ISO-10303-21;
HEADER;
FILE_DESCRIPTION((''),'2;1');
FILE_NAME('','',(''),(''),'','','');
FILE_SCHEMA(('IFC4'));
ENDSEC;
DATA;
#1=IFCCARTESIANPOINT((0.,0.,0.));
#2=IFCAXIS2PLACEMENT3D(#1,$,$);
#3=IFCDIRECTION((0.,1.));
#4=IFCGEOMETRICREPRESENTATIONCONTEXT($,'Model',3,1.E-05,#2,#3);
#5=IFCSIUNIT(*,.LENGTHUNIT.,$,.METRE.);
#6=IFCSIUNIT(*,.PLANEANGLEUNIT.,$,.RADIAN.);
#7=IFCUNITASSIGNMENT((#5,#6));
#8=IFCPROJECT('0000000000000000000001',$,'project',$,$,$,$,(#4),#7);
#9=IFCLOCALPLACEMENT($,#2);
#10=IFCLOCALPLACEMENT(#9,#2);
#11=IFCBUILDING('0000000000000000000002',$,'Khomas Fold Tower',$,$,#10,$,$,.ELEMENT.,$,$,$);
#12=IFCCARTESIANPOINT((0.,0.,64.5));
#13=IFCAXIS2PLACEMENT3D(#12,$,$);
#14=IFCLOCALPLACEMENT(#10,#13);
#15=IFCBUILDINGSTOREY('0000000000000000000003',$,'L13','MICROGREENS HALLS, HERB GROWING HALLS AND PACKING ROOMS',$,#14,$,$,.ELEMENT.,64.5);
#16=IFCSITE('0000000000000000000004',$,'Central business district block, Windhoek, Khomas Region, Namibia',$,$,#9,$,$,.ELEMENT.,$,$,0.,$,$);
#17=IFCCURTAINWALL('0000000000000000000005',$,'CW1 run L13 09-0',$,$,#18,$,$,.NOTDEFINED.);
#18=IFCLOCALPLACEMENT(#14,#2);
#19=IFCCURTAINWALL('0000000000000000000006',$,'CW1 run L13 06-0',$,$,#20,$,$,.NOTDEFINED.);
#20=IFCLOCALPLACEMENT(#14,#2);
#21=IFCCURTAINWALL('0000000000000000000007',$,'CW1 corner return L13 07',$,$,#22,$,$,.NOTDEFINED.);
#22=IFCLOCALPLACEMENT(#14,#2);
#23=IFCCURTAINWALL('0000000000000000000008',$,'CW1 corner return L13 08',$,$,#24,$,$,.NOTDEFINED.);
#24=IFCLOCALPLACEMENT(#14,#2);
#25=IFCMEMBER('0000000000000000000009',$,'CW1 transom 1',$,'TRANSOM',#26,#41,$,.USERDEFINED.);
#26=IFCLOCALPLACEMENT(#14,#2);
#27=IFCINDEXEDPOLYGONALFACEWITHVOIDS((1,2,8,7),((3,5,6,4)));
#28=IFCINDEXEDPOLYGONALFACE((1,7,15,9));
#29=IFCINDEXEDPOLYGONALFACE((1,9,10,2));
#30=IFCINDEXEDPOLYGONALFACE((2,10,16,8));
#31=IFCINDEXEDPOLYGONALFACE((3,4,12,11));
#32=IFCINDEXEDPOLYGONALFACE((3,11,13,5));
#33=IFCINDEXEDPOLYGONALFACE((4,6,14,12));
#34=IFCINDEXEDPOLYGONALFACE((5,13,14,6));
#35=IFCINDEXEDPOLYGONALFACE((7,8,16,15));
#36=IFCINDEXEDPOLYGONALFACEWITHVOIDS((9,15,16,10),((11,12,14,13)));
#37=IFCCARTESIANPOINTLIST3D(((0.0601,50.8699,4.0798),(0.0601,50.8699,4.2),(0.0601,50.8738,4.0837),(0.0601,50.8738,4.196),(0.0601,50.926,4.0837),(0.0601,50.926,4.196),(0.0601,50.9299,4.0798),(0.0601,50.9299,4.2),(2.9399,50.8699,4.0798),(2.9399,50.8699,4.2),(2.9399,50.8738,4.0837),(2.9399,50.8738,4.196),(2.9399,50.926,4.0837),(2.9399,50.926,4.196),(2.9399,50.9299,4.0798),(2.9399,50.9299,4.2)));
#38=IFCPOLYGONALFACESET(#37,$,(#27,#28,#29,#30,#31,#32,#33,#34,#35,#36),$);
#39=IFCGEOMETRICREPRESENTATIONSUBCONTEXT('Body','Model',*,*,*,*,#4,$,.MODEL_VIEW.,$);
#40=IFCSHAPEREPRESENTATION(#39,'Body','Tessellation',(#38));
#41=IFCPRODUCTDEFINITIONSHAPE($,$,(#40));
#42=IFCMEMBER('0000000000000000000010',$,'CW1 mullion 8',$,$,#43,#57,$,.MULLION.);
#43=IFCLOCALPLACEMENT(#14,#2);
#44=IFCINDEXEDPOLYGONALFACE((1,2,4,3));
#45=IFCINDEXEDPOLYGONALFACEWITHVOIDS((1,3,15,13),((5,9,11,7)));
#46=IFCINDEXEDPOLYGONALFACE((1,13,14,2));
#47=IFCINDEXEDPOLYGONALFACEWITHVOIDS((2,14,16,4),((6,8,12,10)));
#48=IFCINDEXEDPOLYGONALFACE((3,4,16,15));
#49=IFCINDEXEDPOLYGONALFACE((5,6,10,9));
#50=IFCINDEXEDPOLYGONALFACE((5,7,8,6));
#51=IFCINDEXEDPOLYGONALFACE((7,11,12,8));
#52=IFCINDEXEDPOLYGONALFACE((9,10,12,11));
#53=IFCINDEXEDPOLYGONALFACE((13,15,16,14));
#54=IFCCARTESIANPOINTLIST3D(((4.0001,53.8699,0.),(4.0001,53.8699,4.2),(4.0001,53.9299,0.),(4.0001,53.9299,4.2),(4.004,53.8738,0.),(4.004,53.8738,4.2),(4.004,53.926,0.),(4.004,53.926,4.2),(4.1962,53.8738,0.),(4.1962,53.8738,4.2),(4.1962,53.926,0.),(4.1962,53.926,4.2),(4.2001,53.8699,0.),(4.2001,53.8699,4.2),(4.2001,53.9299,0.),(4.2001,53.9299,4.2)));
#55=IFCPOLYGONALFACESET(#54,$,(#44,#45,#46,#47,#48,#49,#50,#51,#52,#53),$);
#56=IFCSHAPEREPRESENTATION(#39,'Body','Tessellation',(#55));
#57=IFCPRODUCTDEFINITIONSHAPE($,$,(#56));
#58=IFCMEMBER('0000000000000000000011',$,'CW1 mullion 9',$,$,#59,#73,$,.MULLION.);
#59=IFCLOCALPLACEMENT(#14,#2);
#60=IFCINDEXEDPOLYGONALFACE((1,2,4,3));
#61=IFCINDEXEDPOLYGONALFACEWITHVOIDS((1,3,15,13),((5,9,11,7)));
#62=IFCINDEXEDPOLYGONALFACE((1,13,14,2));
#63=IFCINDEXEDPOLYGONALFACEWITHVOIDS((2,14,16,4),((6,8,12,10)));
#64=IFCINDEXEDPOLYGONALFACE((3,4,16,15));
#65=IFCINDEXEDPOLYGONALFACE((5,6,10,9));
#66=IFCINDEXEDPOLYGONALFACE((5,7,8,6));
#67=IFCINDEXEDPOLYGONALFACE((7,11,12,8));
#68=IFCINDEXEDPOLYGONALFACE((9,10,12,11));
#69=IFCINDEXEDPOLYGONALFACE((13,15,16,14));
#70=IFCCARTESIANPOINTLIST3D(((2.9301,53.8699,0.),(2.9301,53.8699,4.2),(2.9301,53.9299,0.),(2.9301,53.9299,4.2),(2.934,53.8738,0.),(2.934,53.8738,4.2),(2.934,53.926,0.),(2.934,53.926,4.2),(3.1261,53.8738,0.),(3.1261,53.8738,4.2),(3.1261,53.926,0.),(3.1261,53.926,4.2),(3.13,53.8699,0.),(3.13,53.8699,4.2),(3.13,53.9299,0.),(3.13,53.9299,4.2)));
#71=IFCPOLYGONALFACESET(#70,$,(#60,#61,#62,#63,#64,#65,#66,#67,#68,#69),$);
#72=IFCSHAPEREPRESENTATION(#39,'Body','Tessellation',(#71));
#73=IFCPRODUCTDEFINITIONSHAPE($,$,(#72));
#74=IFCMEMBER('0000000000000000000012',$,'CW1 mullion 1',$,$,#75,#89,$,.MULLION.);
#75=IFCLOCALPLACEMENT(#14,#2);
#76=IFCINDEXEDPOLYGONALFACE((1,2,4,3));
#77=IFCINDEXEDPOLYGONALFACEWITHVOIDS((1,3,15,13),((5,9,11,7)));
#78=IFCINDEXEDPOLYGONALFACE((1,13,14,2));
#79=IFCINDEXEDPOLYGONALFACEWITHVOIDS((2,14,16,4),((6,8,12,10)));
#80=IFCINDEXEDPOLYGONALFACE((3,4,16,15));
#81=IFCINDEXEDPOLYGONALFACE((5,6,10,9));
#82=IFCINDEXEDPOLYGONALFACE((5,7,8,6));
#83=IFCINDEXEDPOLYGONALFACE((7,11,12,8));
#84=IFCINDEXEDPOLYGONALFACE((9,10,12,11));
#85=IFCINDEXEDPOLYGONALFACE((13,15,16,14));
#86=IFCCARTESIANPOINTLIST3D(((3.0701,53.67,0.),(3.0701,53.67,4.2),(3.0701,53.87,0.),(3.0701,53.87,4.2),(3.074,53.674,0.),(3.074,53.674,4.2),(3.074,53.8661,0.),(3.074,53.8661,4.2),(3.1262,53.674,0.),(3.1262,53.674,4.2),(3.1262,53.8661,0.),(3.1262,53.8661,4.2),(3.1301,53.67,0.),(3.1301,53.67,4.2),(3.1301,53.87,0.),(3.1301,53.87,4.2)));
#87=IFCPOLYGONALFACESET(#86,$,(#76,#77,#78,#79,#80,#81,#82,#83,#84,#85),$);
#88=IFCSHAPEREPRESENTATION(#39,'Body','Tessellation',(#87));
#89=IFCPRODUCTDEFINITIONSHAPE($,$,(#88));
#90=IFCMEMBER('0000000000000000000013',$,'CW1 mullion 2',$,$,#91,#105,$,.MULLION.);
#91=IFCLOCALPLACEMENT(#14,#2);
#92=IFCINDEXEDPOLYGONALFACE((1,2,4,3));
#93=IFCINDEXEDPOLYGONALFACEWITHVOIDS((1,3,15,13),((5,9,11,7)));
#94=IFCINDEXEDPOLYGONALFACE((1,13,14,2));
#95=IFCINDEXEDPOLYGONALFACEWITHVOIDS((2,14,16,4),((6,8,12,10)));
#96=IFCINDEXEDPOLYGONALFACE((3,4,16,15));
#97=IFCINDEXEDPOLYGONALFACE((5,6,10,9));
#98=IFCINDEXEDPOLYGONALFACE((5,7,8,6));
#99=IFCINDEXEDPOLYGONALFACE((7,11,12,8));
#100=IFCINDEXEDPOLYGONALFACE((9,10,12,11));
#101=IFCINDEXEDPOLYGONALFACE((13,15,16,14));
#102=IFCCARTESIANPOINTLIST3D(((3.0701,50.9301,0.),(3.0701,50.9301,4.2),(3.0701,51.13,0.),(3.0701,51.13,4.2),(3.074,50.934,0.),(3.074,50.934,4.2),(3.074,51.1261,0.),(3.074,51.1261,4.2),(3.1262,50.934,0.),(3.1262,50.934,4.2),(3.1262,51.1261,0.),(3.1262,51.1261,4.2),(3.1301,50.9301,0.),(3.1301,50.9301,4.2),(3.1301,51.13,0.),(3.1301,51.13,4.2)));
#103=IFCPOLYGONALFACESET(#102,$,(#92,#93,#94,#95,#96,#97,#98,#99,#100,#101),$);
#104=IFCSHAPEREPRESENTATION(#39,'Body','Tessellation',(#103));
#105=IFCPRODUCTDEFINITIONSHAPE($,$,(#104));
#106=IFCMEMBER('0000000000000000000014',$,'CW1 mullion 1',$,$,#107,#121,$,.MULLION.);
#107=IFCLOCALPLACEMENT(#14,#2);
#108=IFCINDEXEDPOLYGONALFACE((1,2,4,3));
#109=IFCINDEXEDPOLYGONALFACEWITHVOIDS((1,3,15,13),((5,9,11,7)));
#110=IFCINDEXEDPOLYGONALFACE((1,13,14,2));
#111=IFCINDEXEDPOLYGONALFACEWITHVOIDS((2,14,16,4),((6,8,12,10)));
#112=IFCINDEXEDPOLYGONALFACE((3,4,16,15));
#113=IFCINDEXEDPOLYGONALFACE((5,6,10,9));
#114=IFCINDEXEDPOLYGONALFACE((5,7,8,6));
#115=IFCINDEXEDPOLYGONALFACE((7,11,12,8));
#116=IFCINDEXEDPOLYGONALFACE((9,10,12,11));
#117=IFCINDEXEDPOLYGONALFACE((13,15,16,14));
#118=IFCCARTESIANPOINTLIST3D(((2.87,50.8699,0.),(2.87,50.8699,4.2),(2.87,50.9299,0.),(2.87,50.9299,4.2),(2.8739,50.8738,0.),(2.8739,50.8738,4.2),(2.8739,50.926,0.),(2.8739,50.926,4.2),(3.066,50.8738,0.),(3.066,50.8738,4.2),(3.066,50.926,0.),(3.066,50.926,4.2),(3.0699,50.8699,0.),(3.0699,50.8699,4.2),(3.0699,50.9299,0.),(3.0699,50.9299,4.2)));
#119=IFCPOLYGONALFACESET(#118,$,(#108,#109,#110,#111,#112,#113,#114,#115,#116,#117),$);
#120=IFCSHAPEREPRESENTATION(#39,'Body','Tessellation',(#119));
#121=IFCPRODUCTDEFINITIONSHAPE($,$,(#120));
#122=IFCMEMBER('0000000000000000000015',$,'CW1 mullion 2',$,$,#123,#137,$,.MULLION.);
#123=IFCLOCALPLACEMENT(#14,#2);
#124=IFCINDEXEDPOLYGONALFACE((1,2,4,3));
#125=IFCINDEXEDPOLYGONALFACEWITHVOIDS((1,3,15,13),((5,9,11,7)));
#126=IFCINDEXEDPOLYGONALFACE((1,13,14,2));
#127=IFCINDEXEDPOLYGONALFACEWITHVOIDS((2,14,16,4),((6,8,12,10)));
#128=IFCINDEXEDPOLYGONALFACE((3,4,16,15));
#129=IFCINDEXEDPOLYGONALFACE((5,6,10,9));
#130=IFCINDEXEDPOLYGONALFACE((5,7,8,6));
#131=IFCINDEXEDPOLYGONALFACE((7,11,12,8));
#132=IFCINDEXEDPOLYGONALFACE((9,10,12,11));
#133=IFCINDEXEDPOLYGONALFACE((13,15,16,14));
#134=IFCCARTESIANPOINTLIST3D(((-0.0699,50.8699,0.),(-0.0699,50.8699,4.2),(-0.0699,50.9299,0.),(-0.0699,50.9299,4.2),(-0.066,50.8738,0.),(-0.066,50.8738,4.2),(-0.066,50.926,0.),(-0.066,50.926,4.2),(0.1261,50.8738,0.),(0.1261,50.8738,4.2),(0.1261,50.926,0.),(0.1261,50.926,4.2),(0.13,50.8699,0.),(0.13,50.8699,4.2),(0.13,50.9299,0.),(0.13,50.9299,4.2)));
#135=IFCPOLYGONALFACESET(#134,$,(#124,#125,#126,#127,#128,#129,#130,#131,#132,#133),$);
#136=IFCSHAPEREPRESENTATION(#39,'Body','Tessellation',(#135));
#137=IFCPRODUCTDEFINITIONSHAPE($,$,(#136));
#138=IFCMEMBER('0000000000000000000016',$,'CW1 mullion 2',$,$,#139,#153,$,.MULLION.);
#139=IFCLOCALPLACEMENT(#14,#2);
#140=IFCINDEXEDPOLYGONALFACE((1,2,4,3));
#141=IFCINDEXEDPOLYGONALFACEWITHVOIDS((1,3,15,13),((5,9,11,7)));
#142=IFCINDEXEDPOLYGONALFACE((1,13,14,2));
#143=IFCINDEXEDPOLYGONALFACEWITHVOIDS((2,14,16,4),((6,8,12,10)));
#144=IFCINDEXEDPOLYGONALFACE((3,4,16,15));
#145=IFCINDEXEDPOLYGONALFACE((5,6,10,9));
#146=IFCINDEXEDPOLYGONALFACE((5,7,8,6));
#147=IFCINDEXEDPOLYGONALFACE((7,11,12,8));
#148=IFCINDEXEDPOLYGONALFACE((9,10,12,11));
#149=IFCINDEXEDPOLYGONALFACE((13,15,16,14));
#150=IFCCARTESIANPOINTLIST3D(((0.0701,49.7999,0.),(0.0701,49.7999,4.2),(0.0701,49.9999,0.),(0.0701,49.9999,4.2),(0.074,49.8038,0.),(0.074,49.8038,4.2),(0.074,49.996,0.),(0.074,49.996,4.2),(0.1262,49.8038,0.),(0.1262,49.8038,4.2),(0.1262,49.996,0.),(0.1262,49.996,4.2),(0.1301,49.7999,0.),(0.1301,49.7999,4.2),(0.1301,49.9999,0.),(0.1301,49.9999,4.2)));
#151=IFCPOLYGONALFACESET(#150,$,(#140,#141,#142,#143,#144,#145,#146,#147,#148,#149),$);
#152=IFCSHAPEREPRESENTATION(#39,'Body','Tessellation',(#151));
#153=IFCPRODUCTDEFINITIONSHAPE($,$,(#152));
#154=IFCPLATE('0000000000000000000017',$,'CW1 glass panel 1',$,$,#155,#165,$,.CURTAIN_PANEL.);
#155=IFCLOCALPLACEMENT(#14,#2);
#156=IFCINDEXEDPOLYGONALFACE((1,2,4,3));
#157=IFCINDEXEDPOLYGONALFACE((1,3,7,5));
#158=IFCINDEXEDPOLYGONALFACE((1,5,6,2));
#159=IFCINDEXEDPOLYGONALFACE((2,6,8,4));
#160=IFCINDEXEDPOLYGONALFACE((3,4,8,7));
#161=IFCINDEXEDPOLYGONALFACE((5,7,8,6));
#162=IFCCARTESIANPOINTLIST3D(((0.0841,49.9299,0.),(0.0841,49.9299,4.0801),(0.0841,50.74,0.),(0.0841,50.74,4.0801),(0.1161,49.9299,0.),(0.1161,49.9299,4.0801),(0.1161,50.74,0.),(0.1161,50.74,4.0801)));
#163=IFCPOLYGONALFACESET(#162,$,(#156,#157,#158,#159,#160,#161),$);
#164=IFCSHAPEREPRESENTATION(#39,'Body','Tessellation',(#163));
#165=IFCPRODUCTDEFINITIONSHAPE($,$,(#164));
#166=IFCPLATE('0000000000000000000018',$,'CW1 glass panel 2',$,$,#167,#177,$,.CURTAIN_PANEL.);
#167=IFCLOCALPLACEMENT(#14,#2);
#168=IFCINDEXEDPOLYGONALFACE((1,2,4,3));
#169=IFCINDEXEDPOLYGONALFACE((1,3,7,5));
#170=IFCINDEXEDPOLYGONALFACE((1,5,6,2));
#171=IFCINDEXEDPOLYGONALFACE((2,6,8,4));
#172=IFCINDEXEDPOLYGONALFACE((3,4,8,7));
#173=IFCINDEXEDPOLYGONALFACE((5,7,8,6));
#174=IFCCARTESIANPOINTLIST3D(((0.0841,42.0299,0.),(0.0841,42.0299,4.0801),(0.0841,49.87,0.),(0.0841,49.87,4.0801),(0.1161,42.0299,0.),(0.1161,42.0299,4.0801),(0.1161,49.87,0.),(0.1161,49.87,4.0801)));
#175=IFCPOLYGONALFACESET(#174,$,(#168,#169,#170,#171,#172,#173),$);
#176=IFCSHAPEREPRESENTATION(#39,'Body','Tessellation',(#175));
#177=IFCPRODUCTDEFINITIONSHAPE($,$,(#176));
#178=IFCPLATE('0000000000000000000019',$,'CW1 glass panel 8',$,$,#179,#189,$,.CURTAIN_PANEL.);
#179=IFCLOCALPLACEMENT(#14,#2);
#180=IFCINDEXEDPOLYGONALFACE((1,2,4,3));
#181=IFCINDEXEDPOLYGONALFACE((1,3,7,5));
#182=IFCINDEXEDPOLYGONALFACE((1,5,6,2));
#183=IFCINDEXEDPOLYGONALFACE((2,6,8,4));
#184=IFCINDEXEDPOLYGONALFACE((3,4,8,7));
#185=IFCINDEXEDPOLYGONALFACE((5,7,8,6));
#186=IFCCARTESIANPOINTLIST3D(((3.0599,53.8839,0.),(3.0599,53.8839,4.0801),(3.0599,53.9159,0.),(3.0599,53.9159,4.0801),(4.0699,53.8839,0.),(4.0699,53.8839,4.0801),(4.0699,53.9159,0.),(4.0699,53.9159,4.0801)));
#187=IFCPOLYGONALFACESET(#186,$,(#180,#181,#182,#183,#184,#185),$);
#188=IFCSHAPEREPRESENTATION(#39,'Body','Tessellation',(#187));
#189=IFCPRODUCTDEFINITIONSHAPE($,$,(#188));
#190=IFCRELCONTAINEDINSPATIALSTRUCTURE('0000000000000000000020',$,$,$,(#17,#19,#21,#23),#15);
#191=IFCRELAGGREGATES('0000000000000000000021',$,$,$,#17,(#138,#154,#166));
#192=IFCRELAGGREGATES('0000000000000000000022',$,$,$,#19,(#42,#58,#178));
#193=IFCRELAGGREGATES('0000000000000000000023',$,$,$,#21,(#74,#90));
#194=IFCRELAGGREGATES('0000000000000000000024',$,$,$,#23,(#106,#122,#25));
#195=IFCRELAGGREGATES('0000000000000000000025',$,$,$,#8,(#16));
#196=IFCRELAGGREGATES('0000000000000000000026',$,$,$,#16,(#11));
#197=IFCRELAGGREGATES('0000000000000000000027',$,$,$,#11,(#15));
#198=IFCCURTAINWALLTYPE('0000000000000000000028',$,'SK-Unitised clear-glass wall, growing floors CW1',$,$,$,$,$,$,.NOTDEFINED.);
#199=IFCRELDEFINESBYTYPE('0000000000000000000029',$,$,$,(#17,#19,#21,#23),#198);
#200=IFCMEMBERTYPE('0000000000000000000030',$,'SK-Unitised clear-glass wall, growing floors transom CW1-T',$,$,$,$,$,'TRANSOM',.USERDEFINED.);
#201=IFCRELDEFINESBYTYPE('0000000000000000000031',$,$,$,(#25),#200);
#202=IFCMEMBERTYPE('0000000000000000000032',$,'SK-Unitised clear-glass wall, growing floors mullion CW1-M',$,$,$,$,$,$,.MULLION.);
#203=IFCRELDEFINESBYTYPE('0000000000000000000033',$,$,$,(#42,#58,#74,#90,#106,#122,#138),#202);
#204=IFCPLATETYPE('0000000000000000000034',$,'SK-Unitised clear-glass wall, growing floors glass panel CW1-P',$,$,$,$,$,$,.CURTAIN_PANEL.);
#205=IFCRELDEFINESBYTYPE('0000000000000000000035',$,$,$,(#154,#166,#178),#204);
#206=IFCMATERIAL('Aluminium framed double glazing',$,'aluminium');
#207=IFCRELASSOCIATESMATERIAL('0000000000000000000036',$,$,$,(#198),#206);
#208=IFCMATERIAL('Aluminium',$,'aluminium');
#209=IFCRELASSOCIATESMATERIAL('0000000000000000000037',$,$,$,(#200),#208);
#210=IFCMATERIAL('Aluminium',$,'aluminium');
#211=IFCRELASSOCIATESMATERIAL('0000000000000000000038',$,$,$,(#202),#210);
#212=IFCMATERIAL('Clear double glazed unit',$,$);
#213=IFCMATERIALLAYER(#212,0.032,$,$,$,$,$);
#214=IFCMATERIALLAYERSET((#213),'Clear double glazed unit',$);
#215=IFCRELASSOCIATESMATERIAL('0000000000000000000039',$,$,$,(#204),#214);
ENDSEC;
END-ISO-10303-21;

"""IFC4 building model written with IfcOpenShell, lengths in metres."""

from ifc_helpers import new_model, si_unit, direction, frame, origin, origin_2d, place, context, subcontext, project, spatial, rectangle, hollow_rectangle, extrude, source, transform, mapped, material, layer, layer_set, material_profile, profile_set, type_object, element, aggregate, save


model = new_model("IFC4")

# Units and contexts
model_context = context("Model", 3, precision=1e-05, world=origin(), true_north=direction((0.0, 1.0)))
body_context = subcontext(model_context, "Body", "Model", "MODEL_VIEW")
ifc_project = project(units=[si_unit("LENGTHUNIT", "METRE"), si_unit("PLANEANGLEUNIT", "RADIAN")], contexts=[model_context])

# Site, building, storey
site_placement = place(None, origin())
site = spatial("IfcSite", under=ifc_project, at=site_placement, Name="Central business district block, Windhoek, Khomas Region, Namibia", CompositionType="ELEMENT", RefElevation=0.0)
building_placement = place(site_placement, origin())
building = spatial("IfcBuilding", under=site, at=building_placement, Name="Khomas Fold Tower", CompositionType="ELEMENT")
storey_placement = place(building_placement, frame((0.0, 0.0, 64.5)))
storey = spatial("IfcBuildingStorey", under=building, at=storey_placement, Name="L13", Description="MICROGREENS HALLS, HERB GROWING HALLS AND PACKING ROOMS", CompositionType="ELEMENT", Elevation=64.5)

# Curtain wall
ifc_material_1 = material(Name="Aluminium framed double glazing", Category="aluminium")
curtain_wall_type = type_object("IfcCurtainWallType", Name="SK-Unitised clear-glass wall, growing floors CW1", PredefinedType="NOTDEFINED", material=ifc_material_1)
curtain_wall_1_placement = place(storey_placement, origin())
curtain_wall_1 = element("IfcCurtainWall", 1, at=curtain_wall_1_placement, inside=storey, type_object=curtain_wall_type, Name="CW1 run L13 09-0", PredefinedType="NOTDEFINED")
ifc_material_2 = material(Name="Aluminium", Category="aluminium")
ifc_material_profile_1 = material_profile(ifc_material_2, hollow_rectangle(XDim=0.0601, YDim=0.1201, WallThickness=0.0039, at=origin_2d()), Name="SK-Unitised clear-glass wall, growing floors transom CW1-T")
ifc_profile_set_1 = profile_set([ifc_material_profile_1], Name="Aluminium")
member_type_1 = type_object("IfcMemberType", Name="SK-Unitised clear-glass wall, growing floors transom CW1-T", ElementType="TRANSOM", PredefinedType="USERDEFINED", material=ifc_profile_set_1)

# Curtain walls, member
curtain_wall_2_placement = place(storey_placement, origin())
curtain_wall_2 = element("IfcCurtainWall", 2, at=curtain_wall_2_placement, inside=storey, type_object=curtain_wall_type, Name="CW1 run L13 06-0", PredefinedType="NOTDEFINED")
curtain_wall_3_placement = place(storey_placement, origin())
curtain_wall_3 = element("IfcCurtainWall", 3, at=curtain_wall_3_placement, inside=storey, type_object=curtain_wall_type, Name="CW1 corner return L13 07", PredefinedType="NOTDEFINED")
curtain_wall_4_placement = place(storey_placement, origin())
curtain_wall_4 = element("IfcCurtainWall", 4, at=curtain_wall_4_placement, inside=storey, type_object=curtain_wall_type, Name="CW1 corner return L13 08", PredefinedType="NOTDEFINED")
shared_shape_1 = source(origin(), body_context, "Body", "SweptSolid", [
    extrude(hollow_rectangle(XDim=0.0601, YDim=0.1201, WallThickness=0.0039, at=origin_2d()), origin(), (0.0, 0.0, 1.0), 2.8799),
])
member_1_placement = place(storey_placement, frame((2.9399, 50.8999, 4.1399), z_axis=(-1.0, 0.0, 0.0), x_axis=(0.0, -1.0, 0.0)))
member_1 = element("IfcMember", 5, at=member_1_placement, type_object=member_type_1, Name="CW1 transom 1", ObjectType="TRANSOM", PredefinedType="USERDEFINED", context=body_context, shape_type="MappedRepresentation", body=[
    mapped(shared_shape_1, transform((0.0, 0.0, 0.0))),
])

# Members
ifc_material_3 = material(Name="Aluminium", Category="aluminium")
ifc_material_profile_2 = material_profile(ifc_material_3, hollow_rectangle(XDim=0.0601, YDim=0.2, WallThickness=0.0039, at=origin_2d()), Name="SK-Unitised clear-glass wall, growing floors mullion CW1-M")
ifc_profile_set_2 = profile_set([ifc_material_profile_2], Name="Aluminium")
member_type_2 = type_object("IfcMemberType", Name="SK-Unitised clear-glass wall, growing floors mullion CW1-M", PredefinedType="MULLION", material=ifc_profile_set_2)
shared_shape_2 = source(origin(), body_context, "Body", "SweptSolid", [
    extrude(hollow_rectangle(XDim=0.0601, YDim=0.2, WallThickness=0.0039, at=origin_2d()), origin(), (0.0, 0.0, 1.0), 4.2),
])
member_2_placement = place(storey_placement, frame((4.1001, 53.8999, 0.0), z_axis=(0.0, 0.0, 1.0), x_axis=(0.0, -1.0, 0.0)))
member_2 = element("IfcMember", 6, at=member_2_placement, type_object=member_type_2, Name="CW1 mullion 8", PredefinedType="MULLION", context=body_context, shape_type="MappedRepresentation", body=[
    mapped(shared_shape_2, transform((0.0, 0.0, 0.0))),
])
member_3_placement = place(storey_placement, frame((3.03, 53.8999, 0.0), z_axis=(0.0, 0.0, 1.0), x_axis=(0.0, -1.0, 0.0)))
member_3 = element("IfcMember", 7, at=member_3_placement, type_object=member_type_2, Name="CW1 mullion 9", PredefinedType="MULLION", context=body_context, shape_type="MappedRepresentation", body=[
    mapped(shared_shape_2, transform((0.0, 0.0, 0.0))),
])
member_4_placement = place(storey_placement, frame((3.1001, 53.77, 0.0), z_axis=(0.0, 0.0, 1.0), x_axis=(1.0, 0.0, 0.0)))
member_4 = element("IfcMember", 8, at=member_4_placement, type_object=member_type_2, Name="CW1 mullion 1", PredefinedType="MULLION", context=body_context, shape_type="MappedRepresentation", body=[
    mapped(shared_shape_2, transform((0.0, 0.0, 0.0))),
])
member_5_placement = place(storey_placement, frame((3.1001, 51.03, 0.0), z_axis=(0.0, 0.0, 1.0), x_axis=(1.0, 0.0, 0.0)))
member_5 = element("IfcMember", 9, at=member_5_placement, type_object=member_type_2, Name="CW1 mullion 2", PredefinedType="MULLION", context=body_context, shape_type="MappedRepresentation", body=[
    mapped(shared_shape_2, transform((0.0, 0.0, 0.0))),
])
member_6_placement = place(storey_placement, frame((2.97, 50.8999, 0.0), z_axis=(0.0, 0.0, 1.0), x_axis=(0.0, -1.0, 0.0)))
member_6 = element("IfcMember", 10, at=member_6_placement, type_object=member_type_2, Name="CW1 mullion 1", PredefinedType="MULLION", context=body_context, shape_type="MappedRepresentation", body=[
    mapped(shared_shape_2, transform((0.0, 0.0, 0.0))),
])
member_7_placement = place(storey_placement, frame((0.03, 50.8999, 0.0), z_axis=(0.0, 0.0, 1.0), x_axis=(0.0, -1.0, 0.0)))
member_7 = element("IfcMember", 11, at=member_7_placement, type_object=member_type_2, Name="CW1 mullion 2", PredefinedType="MULLION", context=body_context, shape_type="MappedRepresentation", body=[
    mapped(shared_shape_2, transform((0.0, 0.0, 0.0))),
])
member_8_placement = place(storey_placement, frame((0.1001, 49.8999, 0.0), z_axis=(0.0, 0.0, 1.0), x_axis=(1.0, 0.0, 0.0)))
member_8 = element("IfcMember", 12, at=member_8_placement, type_object=member_type_2, Name="CW1 mullion 2", PredefinedType="MULLION", context=body_context, shape_type="MappedRepresentation", body=[
    mapped(shared_shape_2, transform((0.0, 0.0, 0.0))),
])

# Plates
ifc_material_4 = material(Name="Clear double glazed unit")
ifc_layer = layer(ifc_material_4, 0.032)
ifc_layer_set = layer_set([ifc_layer], Name="Clear double glazed unit")
plate_type = type_object("IfcPlateType", Name="SK-Unitised clear-glass wall, growing floors glass panel CW1-P", PredefinedType="CURTAIN_PANEL", material=ifc_layer_set)
shared_shape_3 = source(origin(), body_context, "Body", "SweptSolid", [
    extrude(rectangle(XDim=0.8101, YDim=0.032, at=origin_2d()), origin(), (0.0, 0.0, 1.0), 4.0801),
])
plate_1_placement = place(storey_placement, frame((0.1001, 50.335, 0.0), z_axis=(0.0, 0.0, 1.0), x_axis=(0.0, -1.0, 0.0)))
plate_1 = element("IfcPlate", 13, at=plate_1_placement, type_object=plate_type, Name="CW1 glass panel 1", PredefinedType="CURTAIN_PANEL", context=body_context, shape_type="MappedRepresentation", body=[
    mapped(shared_shape_3, transform((0.0, 0.0, 0.0))),
])
shared_shape_4 = source(origin(), body_context, "Body", "SweptSolid", [
    extrude(rectangle(XDim=7.8401, YDim=0.032, at=origin_2d()), origin(), (0.0, 0.0, 1.0), 4.0801),
])
plate_2_placement = place(storey_placement, frame((0.1001, 45.95, 0.0), z_axis=(0.0, 0.0, 1.0), x_axis=(0.0, -1.0, 0.0)))
plate_2 = element("IfcPlate", 14, at=plate_2_placement, type_object=plate_type, Name="CW1 glass panel 2", PredefinedType="CURTAIN_PANEL", context=body_context, shape_type="MappedRepresentation", body=[
    mapped(shared_shape_4, transform((0.0, 0.0, 0.0))),
])
aggregate(curtain_wall_1, [member_8, plate_1, plate_2])
shared_shape_5 = source(origin(), body_context, "Body", "SweptSolid", [
    extrude(rectangle(XDim=1.01, YDim=0.032, at=origin_2d()), origin(), (0.0, 0.0, 1.0), 4.0801),
])
plate_3_placement = place(storey_placement, frame((3.5649, 53.8999, 0.0), z_axis=(0.0, 0.0, 1.0), x_axis=(-1.0, 0.0, 0.0)))
plate_3 = element("IfcPlate", 15, at=plate_3_placement, type_object=plate_type, Name="CW1 glass panel 8", PredefinedType="CURTAIN_PANEL", context=body_context, shape_type="MappedRepresentation", body=[
    mapped(shared_shape_5, transform((0.0, 0.0, 0.0))),
])
aggregate(curtain_wall_2, [member_2, member_3, plate_3])
aggregate(curtain_wall_3, [member_4, member_5])
aggregate(curtain_wall_4, [member_6, member_7, member_1])

save(model, "model.ifc")
